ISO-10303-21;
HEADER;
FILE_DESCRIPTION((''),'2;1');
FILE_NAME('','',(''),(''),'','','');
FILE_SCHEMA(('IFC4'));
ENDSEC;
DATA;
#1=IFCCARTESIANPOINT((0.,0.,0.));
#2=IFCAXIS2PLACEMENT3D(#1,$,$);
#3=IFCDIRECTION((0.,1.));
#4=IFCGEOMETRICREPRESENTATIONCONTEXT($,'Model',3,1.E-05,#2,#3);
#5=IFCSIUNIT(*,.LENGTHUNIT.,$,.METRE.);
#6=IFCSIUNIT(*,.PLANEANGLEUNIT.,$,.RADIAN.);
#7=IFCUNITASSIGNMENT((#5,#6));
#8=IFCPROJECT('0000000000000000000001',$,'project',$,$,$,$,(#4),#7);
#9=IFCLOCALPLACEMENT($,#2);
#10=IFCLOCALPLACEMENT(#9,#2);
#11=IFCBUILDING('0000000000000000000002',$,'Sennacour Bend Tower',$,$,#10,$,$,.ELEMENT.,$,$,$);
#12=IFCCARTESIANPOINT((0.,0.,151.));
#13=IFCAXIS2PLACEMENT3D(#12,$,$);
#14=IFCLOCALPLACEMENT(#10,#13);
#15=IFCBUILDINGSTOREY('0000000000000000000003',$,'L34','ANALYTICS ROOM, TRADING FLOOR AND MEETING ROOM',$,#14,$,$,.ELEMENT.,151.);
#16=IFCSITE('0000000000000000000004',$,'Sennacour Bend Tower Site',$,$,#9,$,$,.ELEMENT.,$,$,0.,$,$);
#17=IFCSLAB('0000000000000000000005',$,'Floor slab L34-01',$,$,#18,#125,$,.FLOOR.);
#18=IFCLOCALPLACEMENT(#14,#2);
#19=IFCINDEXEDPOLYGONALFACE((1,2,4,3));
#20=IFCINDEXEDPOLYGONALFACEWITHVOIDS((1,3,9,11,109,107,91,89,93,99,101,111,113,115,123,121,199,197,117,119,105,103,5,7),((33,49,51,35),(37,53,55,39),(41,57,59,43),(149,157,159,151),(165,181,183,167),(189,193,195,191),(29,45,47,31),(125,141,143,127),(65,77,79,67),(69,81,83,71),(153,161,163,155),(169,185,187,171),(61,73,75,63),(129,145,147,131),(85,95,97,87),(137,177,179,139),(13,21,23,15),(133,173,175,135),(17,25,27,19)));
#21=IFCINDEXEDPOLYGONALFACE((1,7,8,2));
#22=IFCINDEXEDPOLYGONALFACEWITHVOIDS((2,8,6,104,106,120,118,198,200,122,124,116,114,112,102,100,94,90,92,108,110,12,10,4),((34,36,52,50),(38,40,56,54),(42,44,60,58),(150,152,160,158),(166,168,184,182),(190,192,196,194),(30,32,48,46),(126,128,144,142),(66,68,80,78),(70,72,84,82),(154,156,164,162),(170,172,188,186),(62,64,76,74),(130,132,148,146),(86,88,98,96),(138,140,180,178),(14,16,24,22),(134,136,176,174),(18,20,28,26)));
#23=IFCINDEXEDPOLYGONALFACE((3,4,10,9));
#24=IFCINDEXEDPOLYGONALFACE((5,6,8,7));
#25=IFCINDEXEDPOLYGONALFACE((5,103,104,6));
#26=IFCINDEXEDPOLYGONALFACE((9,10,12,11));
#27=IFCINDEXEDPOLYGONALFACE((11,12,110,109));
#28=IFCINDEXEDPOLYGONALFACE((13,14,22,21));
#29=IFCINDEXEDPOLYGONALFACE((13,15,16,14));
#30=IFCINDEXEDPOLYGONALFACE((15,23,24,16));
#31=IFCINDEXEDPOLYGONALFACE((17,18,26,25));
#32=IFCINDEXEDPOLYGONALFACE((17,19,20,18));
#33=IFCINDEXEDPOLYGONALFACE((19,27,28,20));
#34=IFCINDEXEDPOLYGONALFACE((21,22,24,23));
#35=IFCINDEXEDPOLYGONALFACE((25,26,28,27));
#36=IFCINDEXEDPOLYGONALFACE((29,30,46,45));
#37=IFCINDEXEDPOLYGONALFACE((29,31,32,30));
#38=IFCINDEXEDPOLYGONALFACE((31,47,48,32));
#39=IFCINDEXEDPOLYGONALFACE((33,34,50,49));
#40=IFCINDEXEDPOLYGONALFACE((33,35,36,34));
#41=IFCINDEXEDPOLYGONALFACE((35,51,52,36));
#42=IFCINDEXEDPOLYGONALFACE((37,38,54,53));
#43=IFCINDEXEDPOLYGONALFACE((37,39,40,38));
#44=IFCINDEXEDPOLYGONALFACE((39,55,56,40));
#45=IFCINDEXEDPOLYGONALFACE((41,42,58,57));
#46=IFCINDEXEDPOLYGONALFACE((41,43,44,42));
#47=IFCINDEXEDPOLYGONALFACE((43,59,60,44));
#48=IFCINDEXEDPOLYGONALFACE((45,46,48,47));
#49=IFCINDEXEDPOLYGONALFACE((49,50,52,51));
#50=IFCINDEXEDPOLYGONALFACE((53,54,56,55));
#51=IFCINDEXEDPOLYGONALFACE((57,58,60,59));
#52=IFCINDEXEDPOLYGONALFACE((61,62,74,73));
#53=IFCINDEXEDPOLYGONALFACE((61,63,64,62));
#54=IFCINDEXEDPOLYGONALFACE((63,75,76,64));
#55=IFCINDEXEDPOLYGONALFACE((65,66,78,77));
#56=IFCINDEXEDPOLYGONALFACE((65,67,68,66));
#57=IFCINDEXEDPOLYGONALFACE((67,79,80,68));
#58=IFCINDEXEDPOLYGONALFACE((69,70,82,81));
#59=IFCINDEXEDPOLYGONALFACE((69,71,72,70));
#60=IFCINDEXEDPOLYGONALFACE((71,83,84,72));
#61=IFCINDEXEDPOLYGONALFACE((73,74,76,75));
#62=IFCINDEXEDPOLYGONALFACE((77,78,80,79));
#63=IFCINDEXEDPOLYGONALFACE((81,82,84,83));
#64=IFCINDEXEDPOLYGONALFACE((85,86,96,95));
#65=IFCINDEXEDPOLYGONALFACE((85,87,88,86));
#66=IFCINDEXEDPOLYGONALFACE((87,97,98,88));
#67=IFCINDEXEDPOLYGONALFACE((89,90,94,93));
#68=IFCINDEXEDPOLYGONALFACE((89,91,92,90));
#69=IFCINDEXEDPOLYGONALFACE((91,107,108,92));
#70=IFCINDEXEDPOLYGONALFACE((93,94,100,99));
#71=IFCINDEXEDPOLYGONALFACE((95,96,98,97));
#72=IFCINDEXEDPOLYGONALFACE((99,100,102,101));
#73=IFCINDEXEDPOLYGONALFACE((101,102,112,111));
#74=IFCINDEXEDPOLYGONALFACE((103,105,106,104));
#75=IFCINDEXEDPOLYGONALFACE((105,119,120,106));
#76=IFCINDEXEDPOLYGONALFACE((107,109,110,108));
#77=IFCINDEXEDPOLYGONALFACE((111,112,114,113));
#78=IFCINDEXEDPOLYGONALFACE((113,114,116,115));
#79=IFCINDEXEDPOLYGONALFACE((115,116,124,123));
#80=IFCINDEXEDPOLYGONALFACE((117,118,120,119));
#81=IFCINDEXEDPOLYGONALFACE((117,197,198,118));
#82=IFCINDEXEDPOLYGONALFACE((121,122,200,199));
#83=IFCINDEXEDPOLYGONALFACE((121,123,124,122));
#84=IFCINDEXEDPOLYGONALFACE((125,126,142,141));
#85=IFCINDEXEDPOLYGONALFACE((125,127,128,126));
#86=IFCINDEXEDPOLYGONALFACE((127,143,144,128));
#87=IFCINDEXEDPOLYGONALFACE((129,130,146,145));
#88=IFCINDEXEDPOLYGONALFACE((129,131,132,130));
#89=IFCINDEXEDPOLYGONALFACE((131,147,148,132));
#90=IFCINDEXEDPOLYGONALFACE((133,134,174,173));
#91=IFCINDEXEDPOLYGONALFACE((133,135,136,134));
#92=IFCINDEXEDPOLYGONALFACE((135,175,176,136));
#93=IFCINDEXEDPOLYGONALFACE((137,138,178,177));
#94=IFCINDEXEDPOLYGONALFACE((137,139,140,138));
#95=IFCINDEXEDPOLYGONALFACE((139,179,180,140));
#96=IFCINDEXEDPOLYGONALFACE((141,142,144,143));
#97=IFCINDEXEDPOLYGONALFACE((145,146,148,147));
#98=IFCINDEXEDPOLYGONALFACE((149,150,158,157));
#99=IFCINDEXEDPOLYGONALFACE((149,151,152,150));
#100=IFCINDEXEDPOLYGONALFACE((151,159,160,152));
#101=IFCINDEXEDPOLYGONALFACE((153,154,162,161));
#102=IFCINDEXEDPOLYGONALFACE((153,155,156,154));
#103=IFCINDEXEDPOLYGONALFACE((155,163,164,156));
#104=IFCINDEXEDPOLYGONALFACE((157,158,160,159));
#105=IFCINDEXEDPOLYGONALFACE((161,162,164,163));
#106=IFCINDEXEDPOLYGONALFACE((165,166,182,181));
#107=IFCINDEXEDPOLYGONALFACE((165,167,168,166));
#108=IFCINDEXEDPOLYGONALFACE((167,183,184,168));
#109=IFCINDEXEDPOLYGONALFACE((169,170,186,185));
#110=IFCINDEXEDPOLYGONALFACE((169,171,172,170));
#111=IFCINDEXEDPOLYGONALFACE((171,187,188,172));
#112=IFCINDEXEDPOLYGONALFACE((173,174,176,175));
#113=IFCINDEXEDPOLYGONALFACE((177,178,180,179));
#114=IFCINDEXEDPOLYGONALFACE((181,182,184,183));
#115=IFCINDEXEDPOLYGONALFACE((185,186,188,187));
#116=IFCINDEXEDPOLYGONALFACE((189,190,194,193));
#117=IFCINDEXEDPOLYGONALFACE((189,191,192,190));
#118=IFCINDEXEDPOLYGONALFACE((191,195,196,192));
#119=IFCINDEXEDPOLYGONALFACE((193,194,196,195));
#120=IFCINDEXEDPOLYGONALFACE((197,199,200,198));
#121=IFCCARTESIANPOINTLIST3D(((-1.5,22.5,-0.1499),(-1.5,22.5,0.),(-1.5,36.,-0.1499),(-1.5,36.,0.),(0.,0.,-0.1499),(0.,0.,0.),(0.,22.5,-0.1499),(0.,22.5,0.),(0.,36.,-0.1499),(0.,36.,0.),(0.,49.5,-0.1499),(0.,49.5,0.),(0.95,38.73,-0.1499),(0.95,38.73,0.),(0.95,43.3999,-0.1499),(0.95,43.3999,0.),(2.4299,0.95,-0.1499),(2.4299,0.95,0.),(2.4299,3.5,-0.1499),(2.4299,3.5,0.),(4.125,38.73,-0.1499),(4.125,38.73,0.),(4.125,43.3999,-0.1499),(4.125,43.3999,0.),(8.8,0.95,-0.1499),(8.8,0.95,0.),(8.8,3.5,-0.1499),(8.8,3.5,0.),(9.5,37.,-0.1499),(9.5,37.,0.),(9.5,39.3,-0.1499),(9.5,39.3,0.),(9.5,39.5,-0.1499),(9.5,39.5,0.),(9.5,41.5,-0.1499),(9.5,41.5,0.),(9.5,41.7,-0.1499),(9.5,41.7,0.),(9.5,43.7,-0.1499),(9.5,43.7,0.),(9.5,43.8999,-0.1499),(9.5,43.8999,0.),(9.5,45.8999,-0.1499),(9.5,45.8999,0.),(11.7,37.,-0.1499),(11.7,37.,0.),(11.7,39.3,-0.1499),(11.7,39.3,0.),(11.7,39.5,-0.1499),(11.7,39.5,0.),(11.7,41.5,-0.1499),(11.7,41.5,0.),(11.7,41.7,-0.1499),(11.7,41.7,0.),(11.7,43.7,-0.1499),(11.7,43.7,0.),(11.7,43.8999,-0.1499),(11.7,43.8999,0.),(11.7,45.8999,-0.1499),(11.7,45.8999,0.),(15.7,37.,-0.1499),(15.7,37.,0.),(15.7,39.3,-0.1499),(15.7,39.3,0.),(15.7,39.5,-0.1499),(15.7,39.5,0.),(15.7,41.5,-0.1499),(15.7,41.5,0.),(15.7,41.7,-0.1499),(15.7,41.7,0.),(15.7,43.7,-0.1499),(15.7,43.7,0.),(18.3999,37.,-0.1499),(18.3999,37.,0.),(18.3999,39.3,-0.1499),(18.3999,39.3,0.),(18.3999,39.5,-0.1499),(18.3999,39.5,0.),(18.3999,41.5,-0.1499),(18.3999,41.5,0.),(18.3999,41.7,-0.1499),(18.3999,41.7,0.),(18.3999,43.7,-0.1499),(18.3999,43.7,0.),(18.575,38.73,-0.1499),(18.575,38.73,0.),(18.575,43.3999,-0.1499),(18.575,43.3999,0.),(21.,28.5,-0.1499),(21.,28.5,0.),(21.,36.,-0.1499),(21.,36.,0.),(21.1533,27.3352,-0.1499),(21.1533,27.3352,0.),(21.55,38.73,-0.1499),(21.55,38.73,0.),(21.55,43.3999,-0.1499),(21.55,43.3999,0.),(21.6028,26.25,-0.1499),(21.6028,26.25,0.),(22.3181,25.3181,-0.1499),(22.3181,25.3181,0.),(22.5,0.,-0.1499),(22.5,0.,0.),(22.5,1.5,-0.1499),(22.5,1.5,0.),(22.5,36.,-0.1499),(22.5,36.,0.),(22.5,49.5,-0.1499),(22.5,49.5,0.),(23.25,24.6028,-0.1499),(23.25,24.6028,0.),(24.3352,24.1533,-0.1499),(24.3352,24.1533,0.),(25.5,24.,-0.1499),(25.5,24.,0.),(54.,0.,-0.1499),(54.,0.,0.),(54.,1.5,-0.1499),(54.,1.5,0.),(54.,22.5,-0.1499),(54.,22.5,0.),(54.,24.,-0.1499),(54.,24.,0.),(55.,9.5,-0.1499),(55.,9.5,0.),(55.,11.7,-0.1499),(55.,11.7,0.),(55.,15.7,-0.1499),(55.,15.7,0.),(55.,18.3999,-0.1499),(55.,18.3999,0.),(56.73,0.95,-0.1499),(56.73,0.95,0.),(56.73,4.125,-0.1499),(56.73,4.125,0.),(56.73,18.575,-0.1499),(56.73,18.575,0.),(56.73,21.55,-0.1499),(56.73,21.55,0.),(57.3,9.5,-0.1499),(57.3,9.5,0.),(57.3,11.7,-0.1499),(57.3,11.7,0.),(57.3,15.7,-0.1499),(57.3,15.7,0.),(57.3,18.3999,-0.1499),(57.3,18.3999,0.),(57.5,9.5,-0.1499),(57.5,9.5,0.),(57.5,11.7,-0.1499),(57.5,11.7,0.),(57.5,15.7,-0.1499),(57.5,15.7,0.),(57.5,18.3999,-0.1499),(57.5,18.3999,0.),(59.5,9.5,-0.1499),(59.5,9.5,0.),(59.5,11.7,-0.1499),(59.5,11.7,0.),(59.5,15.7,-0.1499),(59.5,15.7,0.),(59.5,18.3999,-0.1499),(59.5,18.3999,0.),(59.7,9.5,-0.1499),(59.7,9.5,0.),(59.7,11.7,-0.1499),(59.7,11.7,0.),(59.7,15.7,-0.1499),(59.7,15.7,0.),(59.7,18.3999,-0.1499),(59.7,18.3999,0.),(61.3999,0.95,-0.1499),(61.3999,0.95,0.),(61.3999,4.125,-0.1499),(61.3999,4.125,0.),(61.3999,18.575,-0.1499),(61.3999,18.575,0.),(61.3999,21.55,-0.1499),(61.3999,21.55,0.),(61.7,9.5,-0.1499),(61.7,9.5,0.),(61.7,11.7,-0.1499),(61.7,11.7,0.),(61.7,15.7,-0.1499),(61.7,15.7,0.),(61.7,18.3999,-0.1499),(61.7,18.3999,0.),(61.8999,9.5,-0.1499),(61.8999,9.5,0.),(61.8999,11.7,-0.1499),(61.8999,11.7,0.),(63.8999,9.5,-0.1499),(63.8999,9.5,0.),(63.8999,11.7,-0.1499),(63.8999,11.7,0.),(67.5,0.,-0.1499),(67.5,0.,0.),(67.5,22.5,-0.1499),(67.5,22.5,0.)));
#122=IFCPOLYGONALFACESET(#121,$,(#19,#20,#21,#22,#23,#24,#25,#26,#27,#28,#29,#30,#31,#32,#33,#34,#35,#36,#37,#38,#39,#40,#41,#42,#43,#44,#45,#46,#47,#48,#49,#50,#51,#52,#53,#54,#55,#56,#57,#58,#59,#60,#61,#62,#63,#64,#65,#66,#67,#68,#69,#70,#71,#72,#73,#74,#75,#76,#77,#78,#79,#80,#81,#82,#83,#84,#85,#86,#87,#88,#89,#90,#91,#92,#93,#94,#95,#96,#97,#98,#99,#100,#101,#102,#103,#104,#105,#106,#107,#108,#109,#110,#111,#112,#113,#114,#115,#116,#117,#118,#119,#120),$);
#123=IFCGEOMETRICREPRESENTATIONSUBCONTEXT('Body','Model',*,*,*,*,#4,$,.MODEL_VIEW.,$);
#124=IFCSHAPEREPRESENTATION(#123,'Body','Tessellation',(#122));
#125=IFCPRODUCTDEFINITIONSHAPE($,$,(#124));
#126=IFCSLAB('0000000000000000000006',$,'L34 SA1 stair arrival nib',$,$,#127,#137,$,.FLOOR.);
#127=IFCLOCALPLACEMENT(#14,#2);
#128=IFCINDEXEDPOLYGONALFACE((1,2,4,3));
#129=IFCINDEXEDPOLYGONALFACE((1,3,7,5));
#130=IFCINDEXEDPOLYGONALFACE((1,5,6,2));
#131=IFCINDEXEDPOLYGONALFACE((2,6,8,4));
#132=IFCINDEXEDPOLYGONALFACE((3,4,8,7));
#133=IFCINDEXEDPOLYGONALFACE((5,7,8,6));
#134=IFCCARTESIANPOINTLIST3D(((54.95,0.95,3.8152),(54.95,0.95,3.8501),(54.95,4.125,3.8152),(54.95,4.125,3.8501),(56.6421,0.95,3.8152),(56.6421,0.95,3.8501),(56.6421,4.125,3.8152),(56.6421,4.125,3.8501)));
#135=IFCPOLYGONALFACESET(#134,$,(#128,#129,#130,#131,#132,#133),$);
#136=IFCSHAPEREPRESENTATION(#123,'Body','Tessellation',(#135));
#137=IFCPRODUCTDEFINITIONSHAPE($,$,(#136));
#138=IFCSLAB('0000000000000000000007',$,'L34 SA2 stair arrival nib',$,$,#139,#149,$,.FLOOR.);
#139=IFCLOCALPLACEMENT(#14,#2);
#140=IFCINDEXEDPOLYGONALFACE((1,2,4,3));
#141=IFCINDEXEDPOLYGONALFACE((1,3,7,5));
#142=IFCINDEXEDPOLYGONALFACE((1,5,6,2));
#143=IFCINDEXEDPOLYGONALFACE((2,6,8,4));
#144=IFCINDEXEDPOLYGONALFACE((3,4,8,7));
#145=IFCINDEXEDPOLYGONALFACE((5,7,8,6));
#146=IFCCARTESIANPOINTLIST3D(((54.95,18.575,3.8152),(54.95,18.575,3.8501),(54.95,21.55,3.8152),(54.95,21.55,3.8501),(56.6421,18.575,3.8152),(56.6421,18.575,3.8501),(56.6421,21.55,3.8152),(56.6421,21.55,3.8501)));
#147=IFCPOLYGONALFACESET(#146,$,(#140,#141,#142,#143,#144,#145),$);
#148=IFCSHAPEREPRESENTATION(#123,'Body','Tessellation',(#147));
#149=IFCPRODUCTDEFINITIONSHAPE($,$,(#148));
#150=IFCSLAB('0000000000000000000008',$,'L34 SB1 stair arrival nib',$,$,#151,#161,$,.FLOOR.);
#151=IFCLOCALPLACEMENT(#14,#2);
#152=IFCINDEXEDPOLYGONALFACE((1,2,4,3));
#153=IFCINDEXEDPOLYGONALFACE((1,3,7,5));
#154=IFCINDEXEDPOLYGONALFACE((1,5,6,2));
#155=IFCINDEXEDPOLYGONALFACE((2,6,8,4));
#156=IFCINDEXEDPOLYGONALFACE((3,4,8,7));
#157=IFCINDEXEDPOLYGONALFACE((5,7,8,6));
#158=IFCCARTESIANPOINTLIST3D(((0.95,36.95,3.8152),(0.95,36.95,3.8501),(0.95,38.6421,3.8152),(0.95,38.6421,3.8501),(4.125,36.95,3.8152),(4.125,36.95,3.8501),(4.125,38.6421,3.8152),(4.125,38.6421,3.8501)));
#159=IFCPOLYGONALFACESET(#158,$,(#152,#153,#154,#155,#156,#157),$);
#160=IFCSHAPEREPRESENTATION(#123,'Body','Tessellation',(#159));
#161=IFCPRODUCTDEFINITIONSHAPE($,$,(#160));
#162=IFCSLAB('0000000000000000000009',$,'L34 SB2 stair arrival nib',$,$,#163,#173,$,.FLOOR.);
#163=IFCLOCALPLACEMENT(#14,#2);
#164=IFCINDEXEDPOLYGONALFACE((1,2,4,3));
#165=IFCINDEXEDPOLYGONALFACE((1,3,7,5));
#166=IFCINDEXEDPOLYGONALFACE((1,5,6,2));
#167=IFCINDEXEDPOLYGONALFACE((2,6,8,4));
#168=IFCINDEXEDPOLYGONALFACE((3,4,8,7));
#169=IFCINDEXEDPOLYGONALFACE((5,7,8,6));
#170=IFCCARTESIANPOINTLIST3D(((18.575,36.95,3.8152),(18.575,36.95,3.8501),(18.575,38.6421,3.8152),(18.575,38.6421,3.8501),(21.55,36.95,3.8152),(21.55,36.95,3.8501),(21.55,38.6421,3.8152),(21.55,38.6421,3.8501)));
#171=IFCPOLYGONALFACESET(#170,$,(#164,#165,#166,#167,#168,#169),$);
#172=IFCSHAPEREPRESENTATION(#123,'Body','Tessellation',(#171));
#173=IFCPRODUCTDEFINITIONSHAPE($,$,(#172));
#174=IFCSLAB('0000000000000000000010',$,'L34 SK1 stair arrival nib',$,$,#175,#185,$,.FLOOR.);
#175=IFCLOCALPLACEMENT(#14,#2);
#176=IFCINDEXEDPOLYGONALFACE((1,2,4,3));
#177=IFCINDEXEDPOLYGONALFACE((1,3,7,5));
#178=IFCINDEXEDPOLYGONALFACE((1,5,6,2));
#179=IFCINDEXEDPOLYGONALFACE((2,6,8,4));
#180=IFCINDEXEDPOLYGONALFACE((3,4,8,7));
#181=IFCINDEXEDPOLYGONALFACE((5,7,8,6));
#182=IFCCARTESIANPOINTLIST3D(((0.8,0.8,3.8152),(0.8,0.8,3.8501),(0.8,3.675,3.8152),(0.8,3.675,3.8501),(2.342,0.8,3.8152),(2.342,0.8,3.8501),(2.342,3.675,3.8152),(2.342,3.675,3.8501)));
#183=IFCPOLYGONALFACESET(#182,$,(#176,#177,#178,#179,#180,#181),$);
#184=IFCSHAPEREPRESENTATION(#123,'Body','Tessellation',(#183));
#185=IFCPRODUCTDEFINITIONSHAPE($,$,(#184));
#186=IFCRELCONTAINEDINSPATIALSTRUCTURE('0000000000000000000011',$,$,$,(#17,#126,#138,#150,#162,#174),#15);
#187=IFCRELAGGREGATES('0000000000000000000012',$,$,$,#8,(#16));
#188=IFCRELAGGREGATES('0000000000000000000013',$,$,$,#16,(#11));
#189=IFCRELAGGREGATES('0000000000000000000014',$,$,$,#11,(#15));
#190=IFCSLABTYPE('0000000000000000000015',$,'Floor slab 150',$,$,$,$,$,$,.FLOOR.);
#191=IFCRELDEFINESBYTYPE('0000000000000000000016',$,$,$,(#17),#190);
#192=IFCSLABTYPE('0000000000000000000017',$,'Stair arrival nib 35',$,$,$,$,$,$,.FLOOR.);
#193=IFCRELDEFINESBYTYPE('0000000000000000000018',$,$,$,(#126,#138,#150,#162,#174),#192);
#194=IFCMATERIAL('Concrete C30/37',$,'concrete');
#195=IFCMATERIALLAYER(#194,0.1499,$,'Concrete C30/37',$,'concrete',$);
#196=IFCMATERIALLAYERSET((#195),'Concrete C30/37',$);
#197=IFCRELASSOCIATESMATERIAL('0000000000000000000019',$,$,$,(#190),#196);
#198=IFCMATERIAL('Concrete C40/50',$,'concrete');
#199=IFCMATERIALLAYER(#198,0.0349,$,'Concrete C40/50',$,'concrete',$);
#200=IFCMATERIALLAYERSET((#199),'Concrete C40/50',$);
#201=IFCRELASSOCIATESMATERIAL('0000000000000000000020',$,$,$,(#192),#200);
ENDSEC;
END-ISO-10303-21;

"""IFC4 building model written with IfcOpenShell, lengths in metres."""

from ifc_helpers import new_model, si_unit, direction, frame, origin, place, context, subcontext, project, spatial, polyline, outline, extrude, material, layer, layer_set, type_object, element, save


model = new_model("IFC4")

# Units and contexts
model_context = context("Model", 3, precision=1e-05, world=origin(), true_north=direction((0.0, 1.0)))
body_context = subcontext(model_context, "Body", "Model", "MODEL_VIEW")
ifc_project = project(units=[si_unit("LENGTHUNIT", "METRE"), si_unit("PLANEANGLEUNIT", "RADIAN")], contexts=[model_context])

# Site, building, storey
site_placement = place(None, origin())
site = spatial("IfcSite", under=ifc_project, at=site_placement, Name="Sennacour Bend Tower Site", CompositionType="ELEMENT", RefElevation=0.0)
building_placement = place(site_placement, origin())
building = spatial("IfcBuilding", under=site, at=building_placement, Name="Sennacour Bend Tower", CompositionType="ELEMENT")
storey_placement = place(building_placement, frame((0.0, 0.0, 151.0)))
storey = spatial("IfcBuildingStorey", under=building, at=storey_placement, Name="L34", Description="ANALYTICS ROOM, TRADING FLOOR AND MEETING ROOM", CompositionType="ELEMENT", Elevation=151.0)

# Slabs
ifc_material_1 = material(Name="Concrete C30/37", Category="concrete")
ifc_layer_1 = layer(ifc_material_1, 0.1499, Name="Concrete C30/37", Category="concrete")
ifc_layer_set_1 = layer_set([ifc_layer_1], Name="Concrete C30/37")
slab_type_1 = type_object("IfcSlabType", Name="Floor slab 150", PredefinedType="FLOOR", material=ifc_layer_set_1)
slab_1_placement = place(storey_placement, frame((0.0, 0.0, -0.1499)))
element("IfcSlab", 1, at=slab_1_placement, inside=storey, type_object=slab_type_1, Name="Floor slab L34-01", PredefinedType="FLOOR", context=body_context, shape_type="SweptSolid", body=[
    extrude(outline(polyline([(0.0, 22.5), (-1.5, 22.5), (-1.5, 36.0), (0.0, 36.0), (0.0, 49.5), (22.5, 49.5), (22.5, 36.0), (21.0, 36.0), (21.0, 28.5), (21.1533, 27.3352), (21.6028, 26.25), (22.3181, 25.3181), (23.25, 24.6028), (24.3352, 24.1533), (25.5, 24.0), (54.0, 24.0), (54.0, 22.5), (67.5, 22.5), (67.5, 0.0), (54.0, 0.0), (54.0, 1.5), (22.5, 1.5), (22.5, 0.0), (0.0, 0.0), (0.0, 22.5)]), holes=[polyline([(8.8, 0.95), (8.8, 3.5), (2.4299, 3.5), (2.4299, 0.95), (8.8, 0.95)]), polyline([(11.7, 37.0), (11.7, 39.3), (9.5, 39.3), (9.5, 37.0), (11.7, 37.0)]), polyline([(18.3999, 37.0), (18.3999, 39.3), (15.7, 39.3), (15.7, 37.0), (18.3999, 37.0)]), polyline([(11.7, 39.5), (11.7, 41.5), (9.5, 41.5), (9.5, 39.5), (11.7, 39.5)]), polyline([(18.3999, 39.5), (18.3999, 41.5), (15.7, 41.5), (15.7, 39.5), (18.3999, 39.5)]), polyline([(4.125, 38.73), (4.125, 43.3999), (0.95, 43.3999), (0.95, 38.73), (4.125, 38.73)]), polyline([(21.55, 38.73), (21.55, 43.3999), (18.575, 43.3999), (18.575, 38.73), (21.55, 38.73)]), polyline([(9.5, 41.7), (11.7, 41.7), (11.7, 43.7), (9.5, 43.7), (9.5, 41.7)]), polyline([(15.7, 41.7), (18.3999, 41.7), (18.3999, 43.7), (15.7, 43.7), (15.7, 41.7)]), polyline([(11.7, 43.8999), (11.7, 45.8999), (9.5, 45.8999), (9.5, 43.8999), (11.7, 43.8999)]), polyline([(61.3999, 0.95), (61.3999, 4.125), (56.73, 4.125), (56.73, 0.95), (61.3999, 0.95)]), polyline([(57.3, 9.5), (57.3, 11.7), (55.0, 11.7), (55.0, 9.5), (57.3, 9.5)]), polyline([(57.5, 9.5), (59.5, 9.5), (59.5, 11.7), (57.5, 11.7), (57.5, 9.5)]), polyline([(59.7, 9.5), (61.7, 9.5), (61.7, 11.7), (59.7, 11.7), (59.7, 9.5)]), polyline([(63.8999, 9.5), (63.8999, 11.7), (61.8999, 11.7), (61.8999, 9.5), (63.8999, 9.5)]), polyline([(57.3, 15.7), (57.3, 18.3999), (55.0, 18.3999), (55.0, 15.7), (57.3, 15.7)]), polyline([(59.5, 15.7), (59.5, 18.3999), (57.5, 18.3999), (57.5, 15.7), (59.5, 15.7)]), polyline([(59.7, 15.7), (61.7, 15.7), (61.7, 18.3999), (59.7, 18.3999), (59.7, 15.7)]), polyline([(56.73, 18.575), (61.3999, 18.575), (61.3999, 21.55), (56.73, 21.55), (56.73, 18.575)])]), origin(), (0.0, 0.0, 1.0), 0.1499),
])
ifc_material_2 = material(Name="Concrete C40/50", Category="concrete")
ifc_layer_2 = layer(ifc_material_2, 0.0349, Name="Concrete C40/50", Category="concrete")
ifc_layer_set_2 = layer_set([ifc_layer_2], Name="Concrete C40/50")
slab_type_2 = type_object("IfcSlabType", Name="Stair arrival nib 35", PredefinedType="FLOOR", material=ifc_layer_set_2)
slab_2_placement = place(storey_placement, frame((0.0, 0.0, 3.8152)))
element("IfcSlab", 2, at=slab_2_placement, inside=storey, type_object=slab_type_2, Name="L34 SA1 stair arrival nib", PredefinedType="FLOOR", context=body_context, shape_type="SweptSolid", body=[
    extrude(outline(polyline([(56.6421, 4.125), (54.95, 4.125), (54.95, 0.95), (56.6421, 0.95), (56.6421, 4.125)])), origin(), (0.0, 0.0, 1.0), 0.0349),
])
slab_3_placement = place(storey_placement, frame((0.0, 0.0, 3.8152)))
element("IfcSlab", 3, at=slab_3_placement, inside=storey, type_object=slab_type_2, Name="L34 SA2 stair arrival nib", PredefinedType="FLOOR", context=body_context, shape_type="SweptSolid", body=[
    extrude(outline(polyline([(56.6421, 21.55), (54.95, 21.55), (54.95, 18.575), (56.6421, 18.575), (56.6421, 21.55)])), origin(), (0.0, 0.0, 1.0), 0.0349),
])
slab_4_placement = place(storey_placement, frame((0.0, 0.0, 3.8152)))
element("IfcSlab", 4, at=slab_4_placement, inside=storey, type_object=slab_type_2, Name="L34 SB1 stair arrival nib", PredefinedType="FLOOR", context=body_context, shape_type="SweptSolid", body=[
    extrude(outline(polyline([(0.95, 38.6421), (0.95, 36.95), (4.125, 36.95), (4.125, 38.6421), (0.95, 38.6421)])), origin(), (0.0, 0.0, 1.0), 0.0349),
])
slab_5_placement = place(storey_placement, frame((0.0, 0.0, 3.8152)))
element("IfcSlab", 5, at=slab_5_placement, inside=storey, type_object=slab_type_2, Name="L34 SB2 stair arrival nib", PredefinedType="FLOOR", context=body_context, shape_type="SweptSolid", body=[
    extrude(outline(polyline([(18.575, 38.6421), (18.575, 36.95), (21.55, 36.95), (21.55, 38.6421), (18.575, 38.6421)])), origin(), (0.0, 0.0, 1.0), 0.0349),
])
slab_6_placement = place(storey_placement, frame((0.0, 0.0, 3.8152)))
element("IfcSlab", 6, at=slab_6_placement, inside=storey, type_object=slab_type_2, Name="L34 SK1 stair arrival nib", PredefinedType="FLOOR", context=body_context, shape_type="SweptSolid", body=[
    extrude(outline(polyline([(2.342, 3.675), (0.8, 3.675), (0.8, 0.8), (2.342, 0.8), (2.342, 3.675)])), origin(), (0.0, 0.0, 1.0), 0.0349),
])

save(model, "model.ifc")
